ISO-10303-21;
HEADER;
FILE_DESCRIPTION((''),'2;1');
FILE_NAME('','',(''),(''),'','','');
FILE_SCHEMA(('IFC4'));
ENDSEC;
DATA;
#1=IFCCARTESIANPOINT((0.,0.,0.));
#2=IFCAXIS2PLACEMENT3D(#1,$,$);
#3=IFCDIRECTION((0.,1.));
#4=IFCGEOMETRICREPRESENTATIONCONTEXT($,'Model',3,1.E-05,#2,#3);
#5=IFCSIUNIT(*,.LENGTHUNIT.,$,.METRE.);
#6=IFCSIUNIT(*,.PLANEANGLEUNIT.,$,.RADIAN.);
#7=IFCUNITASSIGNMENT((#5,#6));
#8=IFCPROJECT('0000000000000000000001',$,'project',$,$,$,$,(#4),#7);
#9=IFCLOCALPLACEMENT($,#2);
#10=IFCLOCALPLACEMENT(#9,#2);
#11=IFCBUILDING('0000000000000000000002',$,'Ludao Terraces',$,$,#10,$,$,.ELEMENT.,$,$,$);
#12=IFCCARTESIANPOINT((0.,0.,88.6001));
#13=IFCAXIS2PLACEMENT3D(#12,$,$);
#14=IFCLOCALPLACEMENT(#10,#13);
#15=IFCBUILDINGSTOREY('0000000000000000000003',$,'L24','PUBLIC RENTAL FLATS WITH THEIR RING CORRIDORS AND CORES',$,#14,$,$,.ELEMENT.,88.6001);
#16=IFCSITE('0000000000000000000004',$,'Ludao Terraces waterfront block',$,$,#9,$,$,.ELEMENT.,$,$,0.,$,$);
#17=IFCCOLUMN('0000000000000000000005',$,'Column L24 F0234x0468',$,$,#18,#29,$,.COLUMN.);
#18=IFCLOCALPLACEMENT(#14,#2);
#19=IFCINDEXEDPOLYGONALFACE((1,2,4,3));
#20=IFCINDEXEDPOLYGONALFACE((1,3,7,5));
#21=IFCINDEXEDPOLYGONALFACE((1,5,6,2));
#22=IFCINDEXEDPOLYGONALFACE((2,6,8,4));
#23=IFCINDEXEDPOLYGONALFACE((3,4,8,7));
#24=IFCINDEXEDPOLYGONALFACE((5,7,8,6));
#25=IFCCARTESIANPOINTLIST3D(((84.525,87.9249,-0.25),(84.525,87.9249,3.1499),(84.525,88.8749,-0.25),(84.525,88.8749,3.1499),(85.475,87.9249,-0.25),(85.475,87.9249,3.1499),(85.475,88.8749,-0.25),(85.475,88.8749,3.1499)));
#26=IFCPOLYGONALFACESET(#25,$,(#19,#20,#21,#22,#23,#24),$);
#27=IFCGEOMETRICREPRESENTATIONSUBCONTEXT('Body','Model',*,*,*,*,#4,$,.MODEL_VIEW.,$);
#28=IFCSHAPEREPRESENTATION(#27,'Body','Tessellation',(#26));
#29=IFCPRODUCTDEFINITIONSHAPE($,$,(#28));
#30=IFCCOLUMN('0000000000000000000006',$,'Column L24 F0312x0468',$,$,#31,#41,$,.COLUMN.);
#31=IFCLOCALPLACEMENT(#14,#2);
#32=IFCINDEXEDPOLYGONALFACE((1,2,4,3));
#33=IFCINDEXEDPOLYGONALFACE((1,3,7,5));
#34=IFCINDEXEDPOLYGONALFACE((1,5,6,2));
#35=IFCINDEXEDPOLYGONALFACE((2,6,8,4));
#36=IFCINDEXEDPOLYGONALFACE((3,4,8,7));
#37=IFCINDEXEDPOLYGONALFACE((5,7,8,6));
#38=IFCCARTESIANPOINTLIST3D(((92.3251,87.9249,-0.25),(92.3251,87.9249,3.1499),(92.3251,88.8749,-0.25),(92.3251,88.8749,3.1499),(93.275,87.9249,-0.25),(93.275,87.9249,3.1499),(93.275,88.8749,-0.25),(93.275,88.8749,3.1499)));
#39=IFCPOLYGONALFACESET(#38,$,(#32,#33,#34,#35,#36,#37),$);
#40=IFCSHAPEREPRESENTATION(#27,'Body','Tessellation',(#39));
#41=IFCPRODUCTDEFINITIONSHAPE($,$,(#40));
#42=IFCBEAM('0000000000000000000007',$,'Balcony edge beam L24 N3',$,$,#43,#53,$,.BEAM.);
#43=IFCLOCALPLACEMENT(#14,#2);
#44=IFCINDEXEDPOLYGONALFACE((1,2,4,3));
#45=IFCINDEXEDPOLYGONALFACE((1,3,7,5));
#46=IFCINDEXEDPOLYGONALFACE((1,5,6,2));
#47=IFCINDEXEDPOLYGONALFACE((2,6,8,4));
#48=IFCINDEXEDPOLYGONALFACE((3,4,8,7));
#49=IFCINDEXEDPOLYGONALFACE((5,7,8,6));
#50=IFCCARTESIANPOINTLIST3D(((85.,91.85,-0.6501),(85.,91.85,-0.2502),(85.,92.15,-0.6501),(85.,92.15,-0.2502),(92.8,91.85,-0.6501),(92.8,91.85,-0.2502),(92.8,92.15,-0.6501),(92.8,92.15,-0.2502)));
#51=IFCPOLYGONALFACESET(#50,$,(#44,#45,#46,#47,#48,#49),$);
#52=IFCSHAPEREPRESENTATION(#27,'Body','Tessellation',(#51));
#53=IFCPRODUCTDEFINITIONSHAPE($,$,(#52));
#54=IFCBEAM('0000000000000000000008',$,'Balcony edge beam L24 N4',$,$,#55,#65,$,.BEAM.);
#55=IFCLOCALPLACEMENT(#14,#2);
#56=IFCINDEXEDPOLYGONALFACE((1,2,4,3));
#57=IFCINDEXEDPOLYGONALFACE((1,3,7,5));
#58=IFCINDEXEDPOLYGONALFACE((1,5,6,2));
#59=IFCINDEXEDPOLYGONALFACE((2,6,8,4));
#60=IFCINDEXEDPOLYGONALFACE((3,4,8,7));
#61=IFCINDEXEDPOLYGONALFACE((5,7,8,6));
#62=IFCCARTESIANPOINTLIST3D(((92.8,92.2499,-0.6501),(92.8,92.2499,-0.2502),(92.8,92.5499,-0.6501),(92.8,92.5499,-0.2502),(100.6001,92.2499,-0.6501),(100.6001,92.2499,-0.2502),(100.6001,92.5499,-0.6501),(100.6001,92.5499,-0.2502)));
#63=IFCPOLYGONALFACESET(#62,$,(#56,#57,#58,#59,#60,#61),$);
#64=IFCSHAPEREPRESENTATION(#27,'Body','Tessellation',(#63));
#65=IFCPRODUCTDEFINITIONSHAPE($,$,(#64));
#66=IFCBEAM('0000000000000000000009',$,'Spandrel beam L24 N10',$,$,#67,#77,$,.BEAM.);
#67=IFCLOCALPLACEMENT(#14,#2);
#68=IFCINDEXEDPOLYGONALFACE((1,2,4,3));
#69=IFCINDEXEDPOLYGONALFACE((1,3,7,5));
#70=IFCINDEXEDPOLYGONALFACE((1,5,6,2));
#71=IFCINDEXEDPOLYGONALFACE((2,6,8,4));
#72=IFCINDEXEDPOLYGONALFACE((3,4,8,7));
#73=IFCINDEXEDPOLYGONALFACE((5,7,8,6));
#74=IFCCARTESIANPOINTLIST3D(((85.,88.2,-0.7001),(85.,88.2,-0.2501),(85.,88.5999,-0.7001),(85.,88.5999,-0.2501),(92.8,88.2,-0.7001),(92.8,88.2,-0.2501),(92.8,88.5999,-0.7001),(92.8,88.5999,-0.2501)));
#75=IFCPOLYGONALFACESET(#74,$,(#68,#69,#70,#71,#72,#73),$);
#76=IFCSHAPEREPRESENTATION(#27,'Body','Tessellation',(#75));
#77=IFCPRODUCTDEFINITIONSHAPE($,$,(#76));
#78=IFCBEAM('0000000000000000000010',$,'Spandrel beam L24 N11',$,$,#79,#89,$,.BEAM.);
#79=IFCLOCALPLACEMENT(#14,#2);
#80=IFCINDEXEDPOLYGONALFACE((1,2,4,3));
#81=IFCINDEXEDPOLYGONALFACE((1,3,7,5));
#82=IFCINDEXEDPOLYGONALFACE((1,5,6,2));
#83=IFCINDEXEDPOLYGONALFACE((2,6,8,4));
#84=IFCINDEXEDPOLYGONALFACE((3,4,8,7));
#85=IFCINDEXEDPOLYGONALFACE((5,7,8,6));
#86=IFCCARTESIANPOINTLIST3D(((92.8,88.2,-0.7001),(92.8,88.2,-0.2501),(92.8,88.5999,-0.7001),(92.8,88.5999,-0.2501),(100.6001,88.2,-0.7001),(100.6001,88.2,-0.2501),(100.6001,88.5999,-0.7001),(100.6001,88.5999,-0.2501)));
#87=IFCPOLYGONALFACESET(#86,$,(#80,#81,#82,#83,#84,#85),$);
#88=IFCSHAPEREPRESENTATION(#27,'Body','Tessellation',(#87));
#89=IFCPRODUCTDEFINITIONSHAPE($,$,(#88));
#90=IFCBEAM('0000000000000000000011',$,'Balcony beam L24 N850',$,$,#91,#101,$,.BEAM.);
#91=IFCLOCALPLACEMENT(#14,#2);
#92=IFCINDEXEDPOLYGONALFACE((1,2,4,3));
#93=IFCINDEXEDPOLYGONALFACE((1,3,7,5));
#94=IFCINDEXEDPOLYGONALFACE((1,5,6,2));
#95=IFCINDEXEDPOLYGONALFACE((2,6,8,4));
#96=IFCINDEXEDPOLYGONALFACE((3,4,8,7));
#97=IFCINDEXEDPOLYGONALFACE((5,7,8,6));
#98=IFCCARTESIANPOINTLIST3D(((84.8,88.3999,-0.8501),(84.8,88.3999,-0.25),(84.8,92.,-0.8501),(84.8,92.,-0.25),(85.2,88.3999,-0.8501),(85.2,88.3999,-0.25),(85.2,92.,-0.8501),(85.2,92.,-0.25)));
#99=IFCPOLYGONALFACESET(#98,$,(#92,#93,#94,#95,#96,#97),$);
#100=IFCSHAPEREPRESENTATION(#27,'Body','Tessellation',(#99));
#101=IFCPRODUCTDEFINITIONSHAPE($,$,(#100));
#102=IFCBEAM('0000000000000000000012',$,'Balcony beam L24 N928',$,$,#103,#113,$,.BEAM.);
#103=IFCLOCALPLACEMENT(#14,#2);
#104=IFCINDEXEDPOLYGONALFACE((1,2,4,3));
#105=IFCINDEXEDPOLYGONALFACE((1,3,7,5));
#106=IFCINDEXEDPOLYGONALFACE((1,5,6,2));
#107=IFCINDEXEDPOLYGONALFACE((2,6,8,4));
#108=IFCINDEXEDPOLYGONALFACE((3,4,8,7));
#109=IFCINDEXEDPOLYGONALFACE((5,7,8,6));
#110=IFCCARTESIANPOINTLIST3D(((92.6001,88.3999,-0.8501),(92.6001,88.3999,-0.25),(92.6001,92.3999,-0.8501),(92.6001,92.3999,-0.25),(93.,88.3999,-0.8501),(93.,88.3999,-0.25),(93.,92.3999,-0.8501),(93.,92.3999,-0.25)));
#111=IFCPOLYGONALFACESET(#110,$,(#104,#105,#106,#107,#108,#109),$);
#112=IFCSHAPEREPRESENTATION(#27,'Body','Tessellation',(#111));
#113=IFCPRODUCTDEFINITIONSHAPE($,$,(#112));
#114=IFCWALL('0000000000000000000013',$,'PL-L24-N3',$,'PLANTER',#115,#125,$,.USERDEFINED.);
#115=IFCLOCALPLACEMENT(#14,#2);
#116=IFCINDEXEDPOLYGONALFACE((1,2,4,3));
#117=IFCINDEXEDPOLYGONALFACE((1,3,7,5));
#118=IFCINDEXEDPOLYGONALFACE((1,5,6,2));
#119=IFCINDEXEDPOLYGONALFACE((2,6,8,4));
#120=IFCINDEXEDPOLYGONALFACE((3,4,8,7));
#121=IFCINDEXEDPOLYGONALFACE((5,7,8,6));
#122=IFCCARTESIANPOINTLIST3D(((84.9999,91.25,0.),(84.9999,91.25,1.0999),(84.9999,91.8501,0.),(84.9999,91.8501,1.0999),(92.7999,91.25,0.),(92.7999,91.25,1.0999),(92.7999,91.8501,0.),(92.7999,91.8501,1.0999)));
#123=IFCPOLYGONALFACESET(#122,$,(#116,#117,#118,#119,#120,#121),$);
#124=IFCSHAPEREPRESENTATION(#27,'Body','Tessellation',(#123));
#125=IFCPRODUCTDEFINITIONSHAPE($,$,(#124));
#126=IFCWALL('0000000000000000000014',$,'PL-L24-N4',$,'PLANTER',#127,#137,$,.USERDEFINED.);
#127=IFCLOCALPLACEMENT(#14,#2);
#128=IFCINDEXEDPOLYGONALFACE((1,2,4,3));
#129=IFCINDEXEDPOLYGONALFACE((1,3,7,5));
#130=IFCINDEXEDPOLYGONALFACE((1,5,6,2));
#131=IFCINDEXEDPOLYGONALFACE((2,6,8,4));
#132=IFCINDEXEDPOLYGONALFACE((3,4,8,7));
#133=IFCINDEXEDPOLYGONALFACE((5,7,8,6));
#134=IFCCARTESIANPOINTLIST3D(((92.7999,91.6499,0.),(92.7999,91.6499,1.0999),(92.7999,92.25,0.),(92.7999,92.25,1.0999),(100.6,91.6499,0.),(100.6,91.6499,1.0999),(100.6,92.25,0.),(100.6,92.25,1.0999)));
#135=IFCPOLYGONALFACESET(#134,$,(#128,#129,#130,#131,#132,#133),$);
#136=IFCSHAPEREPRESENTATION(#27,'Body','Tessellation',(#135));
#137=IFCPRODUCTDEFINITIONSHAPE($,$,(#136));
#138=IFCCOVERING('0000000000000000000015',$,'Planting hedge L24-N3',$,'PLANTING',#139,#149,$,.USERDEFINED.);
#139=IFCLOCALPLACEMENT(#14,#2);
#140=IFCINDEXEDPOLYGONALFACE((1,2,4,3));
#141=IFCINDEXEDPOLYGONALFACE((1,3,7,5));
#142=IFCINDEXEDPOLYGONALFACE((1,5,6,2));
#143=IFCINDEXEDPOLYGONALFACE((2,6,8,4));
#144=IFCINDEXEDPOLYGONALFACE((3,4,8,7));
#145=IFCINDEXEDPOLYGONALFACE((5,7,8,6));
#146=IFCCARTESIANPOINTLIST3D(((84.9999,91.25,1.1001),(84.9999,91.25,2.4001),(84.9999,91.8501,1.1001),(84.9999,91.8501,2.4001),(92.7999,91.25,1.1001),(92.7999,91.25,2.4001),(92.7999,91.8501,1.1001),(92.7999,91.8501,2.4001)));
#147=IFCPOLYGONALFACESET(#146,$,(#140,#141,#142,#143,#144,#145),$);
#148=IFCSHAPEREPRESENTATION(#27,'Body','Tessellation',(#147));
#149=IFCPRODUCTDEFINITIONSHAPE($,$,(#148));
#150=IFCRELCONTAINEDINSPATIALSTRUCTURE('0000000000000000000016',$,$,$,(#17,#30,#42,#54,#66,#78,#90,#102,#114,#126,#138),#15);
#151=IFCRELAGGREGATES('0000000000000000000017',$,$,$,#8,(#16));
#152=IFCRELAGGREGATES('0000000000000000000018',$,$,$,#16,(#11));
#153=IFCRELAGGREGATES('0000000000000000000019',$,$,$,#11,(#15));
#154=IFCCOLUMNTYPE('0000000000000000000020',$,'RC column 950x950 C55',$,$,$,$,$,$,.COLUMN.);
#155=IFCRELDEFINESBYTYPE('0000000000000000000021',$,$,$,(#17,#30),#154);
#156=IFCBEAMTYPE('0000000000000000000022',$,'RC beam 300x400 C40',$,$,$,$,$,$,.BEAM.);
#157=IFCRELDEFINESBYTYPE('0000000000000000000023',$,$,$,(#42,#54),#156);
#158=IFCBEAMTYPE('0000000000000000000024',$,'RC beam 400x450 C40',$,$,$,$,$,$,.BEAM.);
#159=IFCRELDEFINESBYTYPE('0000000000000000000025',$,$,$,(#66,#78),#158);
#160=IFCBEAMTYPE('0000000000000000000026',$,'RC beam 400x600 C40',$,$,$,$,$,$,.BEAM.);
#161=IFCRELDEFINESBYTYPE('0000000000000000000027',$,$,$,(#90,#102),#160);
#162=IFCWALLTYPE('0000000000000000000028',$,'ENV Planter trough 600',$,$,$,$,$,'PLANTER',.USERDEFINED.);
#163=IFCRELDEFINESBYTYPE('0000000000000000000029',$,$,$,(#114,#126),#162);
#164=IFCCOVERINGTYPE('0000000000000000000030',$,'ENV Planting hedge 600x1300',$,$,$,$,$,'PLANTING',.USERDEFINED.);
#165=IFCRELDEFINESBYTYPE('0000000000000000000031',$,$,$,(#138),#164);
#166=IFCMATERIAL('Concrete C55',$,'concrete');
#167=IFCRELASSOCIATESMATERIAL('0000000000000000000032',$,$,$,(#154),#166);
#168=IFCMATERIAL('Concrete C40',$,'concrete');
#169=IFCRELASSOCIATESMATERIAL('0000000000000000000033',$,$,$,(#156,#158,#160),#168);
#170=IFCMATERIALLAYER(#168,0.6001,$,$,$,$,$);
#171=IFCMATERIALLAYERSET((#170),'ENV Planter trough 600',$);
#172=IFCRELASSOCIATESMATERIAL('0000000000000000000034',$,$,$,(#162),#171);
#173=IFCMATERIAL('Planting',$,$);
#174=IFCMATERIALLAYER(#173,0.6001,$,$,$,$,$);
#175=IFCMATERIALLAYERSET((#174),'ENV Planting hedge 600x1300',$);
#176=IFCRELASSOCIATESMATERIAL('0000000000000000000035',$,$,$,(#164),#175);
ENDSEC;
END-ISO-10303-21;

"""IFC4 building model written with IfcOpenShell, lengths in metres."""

from ifc_helpers import new_model, si_unit, direction, frame, frame_2d, origin, origin_2d, place, context, subcontext, project, spatial, rectangle, extrude, material, layer, layer_set, material_profile, profile_set, type_object, element, save


model = new_model("IFC4")

# Units and contexts
model_context = context("Model", 3, precision=1e-05, world=origin(), true_north=direction((0.0, 1.0)))
body_context = subcontext(model_context, "Body", "Model", "MODEL_VIEW")
ifc_project = project(units=[si_unit("LENGTHUNIT", "METRE"), si_unit("PLANEANGLEUNIT", "RADIAN")], contexts=[model_context])

# Site, building, storey
site_placement = place(None, origin())
site = spatial("IfcSite", under=ifc_project, at=site_placement, Name="Ludao Terraces waterfront block", CompositionType="ELEMENT", RefElevation=0.0)
building_placement = place(site_placement, origin())
building = spatial("IfcBuilding", under=site, at=building_placement, Name="Ludao Terraces", CompositionType="ELEMENT")
storey_placement = place(building_placement, frame((0.0, 0.0, 88.6001)))
storey = spatial("IfcBuildingStorey", under=building, at=storey_placement, Name="L24", Description="PUBLIC RENTAL FLATS WITH THEIR RING CORRIDORS AND CORES", CompositionType="ELEMENT", Elevation=88.6001)

# Columns
ifc_material_1 = material(Name="Concrete C55", Category="concrete")
ifc_material_profile_1 = material_profile(ifc_material_1, rectangle(XDim=0.95, YDim=0.95, at=origin_2d()), Name="950 X 950")
ifc_profile_set_1 = profile_set([ifc_material_profile_1], Name="Concrete C55")
column_type = type_object("IfcColumnType", Name="RC column 950x950 C55", PredefinedType="COLUMN", material=ifc_profile_set_1)
for number, where, z_axis, x_axis, name in (
    (1, (85.0, 88.3999, -0.25), (0.0, 0.0, 1.0), (1.0, 0.0, 0.0), "Column L24 F0234x0468"),
    (2, (92.8, 88.3999, -0.25), (0.0, 0.0, 1.0), (1.0, 0.0, 0.0), "Column L24 F0312x0468"),
):
    element("IfcColumn", number, at=place(storey_placement, frame(where, z_axis=z_axis, x_axis=x_axis)), inside=storey, type_object=column_type, Name=name, PredefinedType="COLUMN", context=body_context, shape_type="SweptSolid", body=[
        extrude(rectangle(XDim=0.95, YDim=0.95, at=origin_2d()), origin(), (0.0, 0.0, 1.0), 3.3999),
    ])

# Beams
ifc_material_2 = material(Name="Concrete C40", Category="concrete")
ifc_material_profile_2 = material_profile(ifc_material_2, rectangle(XDim=0.3, YDim=0.3999, at=origin_2d()), Name="300 X 400")
ifc_profile_set_2 = profile_set([ifc_material_profile_2], Name="Concrete C40")
beam_type_1 = type_object("IfcBeamType", Name="RC beam 300x400 C40", PredefinedType="BEAM", material=ifc_profile_set_2)
for number, where, z_axis, x_axis, name in (
    (3, (85.0, 92.0, -0.4502), (1.0, 0.0, 0.0), (0.0, 1.0, 0.0), "Balcony edge beam L24 N3"),
    (4, (92.8, 92.3999, -0.4502), (1.0, 0.0, 0.0), (0.0, 1.0, 0.0), "Balcony edge beam L24 N4"),
):
    element("IfcBeam", number, at=place(storey_placement, frame(where, z_axis=z_axis, x_axis=x_axis)), inside=storey, type_object=beam_type_1, Name=name, PredefinedType="BEAM", context=body_context, shape_type="SweptSolid", body=[
        extrude(rectangle(XDim=0.3, YDim=0.3999, at=origin_2d()), origin(), (0.0, 0.0, 1.0), 7.8),
    ])
ifc_material_profile_3 = material_profile(ifc_material_2, rectangle(XDim=0.3999, YDim=0.45, at=origin_2d()), Name="400 X 450")
ifc_profile_set_3 = profile_set([ifc_material_profile_3], Name="Concrete C40")
beam_type_2 = type_object("IfcBeamType", Name="RC beam 400x450 C40", PredefinedType="BEAM", material=ifc_profile_set_3)
for number, where, z_axis, x_axis, name in (
    (5, (85.0, 88.3999, -0.4751), (1.0, 0.0, 0.0), (0.0, 1.0, 0.0), "Spandrel beam L24 N10"),
    (6, (92.8, 88.3999, -0.4751), (1.0, 0.0, 0.0), (0.0, 1.0, 0.0), "Spandrel beam L24 N11"),
):
    element("IfcBeam", number, at=place(storey_placement, frame(where, z_axis=z_axis, x_axis=x_axis)), inside=storey, type_object=beam_type_2, Name=name, PredefinedType="BEAM", context=body_context, shape_type="SweptSolid", body=[
        extrude(rectangle(XDim=0.3999, YDim=0.45, at=origin_2d()), origin(), (0.0, 0.0, 1.0), 7.8),
    ])
ifc_material_profile_4 = material_profile(ifc_material_2, rectangle(XDim=0.3999, YDim=0.6001, at=origin_2d()), Name="400 X 600")
ifc_profile_set_4 = profile_set([ifc_material_profile_4], Name="Concrete C40")
beam_type_3 = type_object("IfcBeamType", Name="RC beam 400x600 C40", PredefinedType="BEAM", material=ifc_profile_set_4)
beam_1_placement = place(storey_placement, frame((85.0, 88.3999, -0.55), z_axis=(0.0, 1.0, 0.0), x_axis=(-1.0, 0.0, 0.0)))
element("IfcBeam", 7, at=beam_1_placement, inside=storey, type_object=beam_type_3, Name="Balcony beam L24 N850", PredefinedType="BEAM", context=body_context, shape_type="SweptSolid", body=[
    extrude(rectangle(XDim=0.3999, YDim=0.6001, at=origin_2d()), origin(), (0.0, 0.0, 1.0), 3.6001),
])
beam_2_placement = place(storey_placement, frame((92.8, 88.3999, -0.55), z_axis=(0.0, 1.0, 0.0), x_axis=(-1.0, 0.0, 0.0)))
element("IfcBeam", 8, at=beam_2_placement, inside=storey, type_object=beam_type_3, Name="Balcony beam L24 N928", PredefinedType="BEAM", context=body_context, shape_type="SweptSolid", body=[
    extrude(rectangle(XDim=0.3999, YDim=0.6001, at=origin_2d()), origin(), (0.0, 0.0, 1.0), 4.0),
])

# Walls
ifc_layer_1 = layer(ifc_material_2, 0.6001)
ifc_layer_set_1 = layer_set([ifc_layer_1], Name="ENV Planter trough 600")
wall_type = type_object("IfcWallType", Name="ENV Planter trough 600", ElementType="PLANTER", PredefinedType="USERDEFINED", material=ifc_layer_set_1)
for number, where, z_axis, x_axis, name in (
    (9, (85.0, 91.55, 0.0), (0.0, 0.0, 1.0), (1.0, 0.0, 0.0), "PL-L24-N3"),
    (10, (92.8, 91.95, 0.0), (0.0, 0.0, 1.0), (1.0, 0.0, 0.0), "PL-L24-N4"),
):
    element("IfcWall", number, at=place(storey_placement, frame(where, z_axis=z_axis, x_axis=x_axis)), inside=storey, type_object=wall_type, Name=name, ObjectType="PLANTER", PredefinedType="USERDEFINED", context=body_context, shape_type="SweptSolid", body=[
        extrude(rectangle(XDim=7.8, YDim=0.6001, at=frame_2d((3.8999, 0.0))), origin(), (0.0, 0.0, 1.0), 1.0999),
    ])

# Covering
ifc_material_3 = material(Name="Planting")
ifc_layer_2 = layer(ifc_material_3, 0.6001)
ifc_layer_set_2 = layer_set([ifc_layer_2], Name="ENV Planting hedge 600x1300")
covering_type = type_object("IfcCoveringType", Name="ENV Planting hedge 600x1300", ElementType="PLANTING", PredefinedType="USERDEFINED", material=ifc_layer_set_2)
covering_placement = place(storey_placement, frame((88.8999, 91.55, 1.1001), z_axis=(0.0, 0.0, 1.0), x_axis=(1.0, 0.0, 0.0)))
element("IfcCovering", 11, at=covering_placement, inside=storey, type_object=covering_type, Name="Planting hedge L24-N3", ObjectType="PLANTING", PredefinedType="USERDEFINED", context=body_context, shape_type="SweptSolid", body=[
    extrude(rectangle(XDim=7.8, YDim=0.6001, at=origin_2d()), origin(), (0.0, 0.0, 1.0), 1.3),
])

save(model, "model.ifc")
